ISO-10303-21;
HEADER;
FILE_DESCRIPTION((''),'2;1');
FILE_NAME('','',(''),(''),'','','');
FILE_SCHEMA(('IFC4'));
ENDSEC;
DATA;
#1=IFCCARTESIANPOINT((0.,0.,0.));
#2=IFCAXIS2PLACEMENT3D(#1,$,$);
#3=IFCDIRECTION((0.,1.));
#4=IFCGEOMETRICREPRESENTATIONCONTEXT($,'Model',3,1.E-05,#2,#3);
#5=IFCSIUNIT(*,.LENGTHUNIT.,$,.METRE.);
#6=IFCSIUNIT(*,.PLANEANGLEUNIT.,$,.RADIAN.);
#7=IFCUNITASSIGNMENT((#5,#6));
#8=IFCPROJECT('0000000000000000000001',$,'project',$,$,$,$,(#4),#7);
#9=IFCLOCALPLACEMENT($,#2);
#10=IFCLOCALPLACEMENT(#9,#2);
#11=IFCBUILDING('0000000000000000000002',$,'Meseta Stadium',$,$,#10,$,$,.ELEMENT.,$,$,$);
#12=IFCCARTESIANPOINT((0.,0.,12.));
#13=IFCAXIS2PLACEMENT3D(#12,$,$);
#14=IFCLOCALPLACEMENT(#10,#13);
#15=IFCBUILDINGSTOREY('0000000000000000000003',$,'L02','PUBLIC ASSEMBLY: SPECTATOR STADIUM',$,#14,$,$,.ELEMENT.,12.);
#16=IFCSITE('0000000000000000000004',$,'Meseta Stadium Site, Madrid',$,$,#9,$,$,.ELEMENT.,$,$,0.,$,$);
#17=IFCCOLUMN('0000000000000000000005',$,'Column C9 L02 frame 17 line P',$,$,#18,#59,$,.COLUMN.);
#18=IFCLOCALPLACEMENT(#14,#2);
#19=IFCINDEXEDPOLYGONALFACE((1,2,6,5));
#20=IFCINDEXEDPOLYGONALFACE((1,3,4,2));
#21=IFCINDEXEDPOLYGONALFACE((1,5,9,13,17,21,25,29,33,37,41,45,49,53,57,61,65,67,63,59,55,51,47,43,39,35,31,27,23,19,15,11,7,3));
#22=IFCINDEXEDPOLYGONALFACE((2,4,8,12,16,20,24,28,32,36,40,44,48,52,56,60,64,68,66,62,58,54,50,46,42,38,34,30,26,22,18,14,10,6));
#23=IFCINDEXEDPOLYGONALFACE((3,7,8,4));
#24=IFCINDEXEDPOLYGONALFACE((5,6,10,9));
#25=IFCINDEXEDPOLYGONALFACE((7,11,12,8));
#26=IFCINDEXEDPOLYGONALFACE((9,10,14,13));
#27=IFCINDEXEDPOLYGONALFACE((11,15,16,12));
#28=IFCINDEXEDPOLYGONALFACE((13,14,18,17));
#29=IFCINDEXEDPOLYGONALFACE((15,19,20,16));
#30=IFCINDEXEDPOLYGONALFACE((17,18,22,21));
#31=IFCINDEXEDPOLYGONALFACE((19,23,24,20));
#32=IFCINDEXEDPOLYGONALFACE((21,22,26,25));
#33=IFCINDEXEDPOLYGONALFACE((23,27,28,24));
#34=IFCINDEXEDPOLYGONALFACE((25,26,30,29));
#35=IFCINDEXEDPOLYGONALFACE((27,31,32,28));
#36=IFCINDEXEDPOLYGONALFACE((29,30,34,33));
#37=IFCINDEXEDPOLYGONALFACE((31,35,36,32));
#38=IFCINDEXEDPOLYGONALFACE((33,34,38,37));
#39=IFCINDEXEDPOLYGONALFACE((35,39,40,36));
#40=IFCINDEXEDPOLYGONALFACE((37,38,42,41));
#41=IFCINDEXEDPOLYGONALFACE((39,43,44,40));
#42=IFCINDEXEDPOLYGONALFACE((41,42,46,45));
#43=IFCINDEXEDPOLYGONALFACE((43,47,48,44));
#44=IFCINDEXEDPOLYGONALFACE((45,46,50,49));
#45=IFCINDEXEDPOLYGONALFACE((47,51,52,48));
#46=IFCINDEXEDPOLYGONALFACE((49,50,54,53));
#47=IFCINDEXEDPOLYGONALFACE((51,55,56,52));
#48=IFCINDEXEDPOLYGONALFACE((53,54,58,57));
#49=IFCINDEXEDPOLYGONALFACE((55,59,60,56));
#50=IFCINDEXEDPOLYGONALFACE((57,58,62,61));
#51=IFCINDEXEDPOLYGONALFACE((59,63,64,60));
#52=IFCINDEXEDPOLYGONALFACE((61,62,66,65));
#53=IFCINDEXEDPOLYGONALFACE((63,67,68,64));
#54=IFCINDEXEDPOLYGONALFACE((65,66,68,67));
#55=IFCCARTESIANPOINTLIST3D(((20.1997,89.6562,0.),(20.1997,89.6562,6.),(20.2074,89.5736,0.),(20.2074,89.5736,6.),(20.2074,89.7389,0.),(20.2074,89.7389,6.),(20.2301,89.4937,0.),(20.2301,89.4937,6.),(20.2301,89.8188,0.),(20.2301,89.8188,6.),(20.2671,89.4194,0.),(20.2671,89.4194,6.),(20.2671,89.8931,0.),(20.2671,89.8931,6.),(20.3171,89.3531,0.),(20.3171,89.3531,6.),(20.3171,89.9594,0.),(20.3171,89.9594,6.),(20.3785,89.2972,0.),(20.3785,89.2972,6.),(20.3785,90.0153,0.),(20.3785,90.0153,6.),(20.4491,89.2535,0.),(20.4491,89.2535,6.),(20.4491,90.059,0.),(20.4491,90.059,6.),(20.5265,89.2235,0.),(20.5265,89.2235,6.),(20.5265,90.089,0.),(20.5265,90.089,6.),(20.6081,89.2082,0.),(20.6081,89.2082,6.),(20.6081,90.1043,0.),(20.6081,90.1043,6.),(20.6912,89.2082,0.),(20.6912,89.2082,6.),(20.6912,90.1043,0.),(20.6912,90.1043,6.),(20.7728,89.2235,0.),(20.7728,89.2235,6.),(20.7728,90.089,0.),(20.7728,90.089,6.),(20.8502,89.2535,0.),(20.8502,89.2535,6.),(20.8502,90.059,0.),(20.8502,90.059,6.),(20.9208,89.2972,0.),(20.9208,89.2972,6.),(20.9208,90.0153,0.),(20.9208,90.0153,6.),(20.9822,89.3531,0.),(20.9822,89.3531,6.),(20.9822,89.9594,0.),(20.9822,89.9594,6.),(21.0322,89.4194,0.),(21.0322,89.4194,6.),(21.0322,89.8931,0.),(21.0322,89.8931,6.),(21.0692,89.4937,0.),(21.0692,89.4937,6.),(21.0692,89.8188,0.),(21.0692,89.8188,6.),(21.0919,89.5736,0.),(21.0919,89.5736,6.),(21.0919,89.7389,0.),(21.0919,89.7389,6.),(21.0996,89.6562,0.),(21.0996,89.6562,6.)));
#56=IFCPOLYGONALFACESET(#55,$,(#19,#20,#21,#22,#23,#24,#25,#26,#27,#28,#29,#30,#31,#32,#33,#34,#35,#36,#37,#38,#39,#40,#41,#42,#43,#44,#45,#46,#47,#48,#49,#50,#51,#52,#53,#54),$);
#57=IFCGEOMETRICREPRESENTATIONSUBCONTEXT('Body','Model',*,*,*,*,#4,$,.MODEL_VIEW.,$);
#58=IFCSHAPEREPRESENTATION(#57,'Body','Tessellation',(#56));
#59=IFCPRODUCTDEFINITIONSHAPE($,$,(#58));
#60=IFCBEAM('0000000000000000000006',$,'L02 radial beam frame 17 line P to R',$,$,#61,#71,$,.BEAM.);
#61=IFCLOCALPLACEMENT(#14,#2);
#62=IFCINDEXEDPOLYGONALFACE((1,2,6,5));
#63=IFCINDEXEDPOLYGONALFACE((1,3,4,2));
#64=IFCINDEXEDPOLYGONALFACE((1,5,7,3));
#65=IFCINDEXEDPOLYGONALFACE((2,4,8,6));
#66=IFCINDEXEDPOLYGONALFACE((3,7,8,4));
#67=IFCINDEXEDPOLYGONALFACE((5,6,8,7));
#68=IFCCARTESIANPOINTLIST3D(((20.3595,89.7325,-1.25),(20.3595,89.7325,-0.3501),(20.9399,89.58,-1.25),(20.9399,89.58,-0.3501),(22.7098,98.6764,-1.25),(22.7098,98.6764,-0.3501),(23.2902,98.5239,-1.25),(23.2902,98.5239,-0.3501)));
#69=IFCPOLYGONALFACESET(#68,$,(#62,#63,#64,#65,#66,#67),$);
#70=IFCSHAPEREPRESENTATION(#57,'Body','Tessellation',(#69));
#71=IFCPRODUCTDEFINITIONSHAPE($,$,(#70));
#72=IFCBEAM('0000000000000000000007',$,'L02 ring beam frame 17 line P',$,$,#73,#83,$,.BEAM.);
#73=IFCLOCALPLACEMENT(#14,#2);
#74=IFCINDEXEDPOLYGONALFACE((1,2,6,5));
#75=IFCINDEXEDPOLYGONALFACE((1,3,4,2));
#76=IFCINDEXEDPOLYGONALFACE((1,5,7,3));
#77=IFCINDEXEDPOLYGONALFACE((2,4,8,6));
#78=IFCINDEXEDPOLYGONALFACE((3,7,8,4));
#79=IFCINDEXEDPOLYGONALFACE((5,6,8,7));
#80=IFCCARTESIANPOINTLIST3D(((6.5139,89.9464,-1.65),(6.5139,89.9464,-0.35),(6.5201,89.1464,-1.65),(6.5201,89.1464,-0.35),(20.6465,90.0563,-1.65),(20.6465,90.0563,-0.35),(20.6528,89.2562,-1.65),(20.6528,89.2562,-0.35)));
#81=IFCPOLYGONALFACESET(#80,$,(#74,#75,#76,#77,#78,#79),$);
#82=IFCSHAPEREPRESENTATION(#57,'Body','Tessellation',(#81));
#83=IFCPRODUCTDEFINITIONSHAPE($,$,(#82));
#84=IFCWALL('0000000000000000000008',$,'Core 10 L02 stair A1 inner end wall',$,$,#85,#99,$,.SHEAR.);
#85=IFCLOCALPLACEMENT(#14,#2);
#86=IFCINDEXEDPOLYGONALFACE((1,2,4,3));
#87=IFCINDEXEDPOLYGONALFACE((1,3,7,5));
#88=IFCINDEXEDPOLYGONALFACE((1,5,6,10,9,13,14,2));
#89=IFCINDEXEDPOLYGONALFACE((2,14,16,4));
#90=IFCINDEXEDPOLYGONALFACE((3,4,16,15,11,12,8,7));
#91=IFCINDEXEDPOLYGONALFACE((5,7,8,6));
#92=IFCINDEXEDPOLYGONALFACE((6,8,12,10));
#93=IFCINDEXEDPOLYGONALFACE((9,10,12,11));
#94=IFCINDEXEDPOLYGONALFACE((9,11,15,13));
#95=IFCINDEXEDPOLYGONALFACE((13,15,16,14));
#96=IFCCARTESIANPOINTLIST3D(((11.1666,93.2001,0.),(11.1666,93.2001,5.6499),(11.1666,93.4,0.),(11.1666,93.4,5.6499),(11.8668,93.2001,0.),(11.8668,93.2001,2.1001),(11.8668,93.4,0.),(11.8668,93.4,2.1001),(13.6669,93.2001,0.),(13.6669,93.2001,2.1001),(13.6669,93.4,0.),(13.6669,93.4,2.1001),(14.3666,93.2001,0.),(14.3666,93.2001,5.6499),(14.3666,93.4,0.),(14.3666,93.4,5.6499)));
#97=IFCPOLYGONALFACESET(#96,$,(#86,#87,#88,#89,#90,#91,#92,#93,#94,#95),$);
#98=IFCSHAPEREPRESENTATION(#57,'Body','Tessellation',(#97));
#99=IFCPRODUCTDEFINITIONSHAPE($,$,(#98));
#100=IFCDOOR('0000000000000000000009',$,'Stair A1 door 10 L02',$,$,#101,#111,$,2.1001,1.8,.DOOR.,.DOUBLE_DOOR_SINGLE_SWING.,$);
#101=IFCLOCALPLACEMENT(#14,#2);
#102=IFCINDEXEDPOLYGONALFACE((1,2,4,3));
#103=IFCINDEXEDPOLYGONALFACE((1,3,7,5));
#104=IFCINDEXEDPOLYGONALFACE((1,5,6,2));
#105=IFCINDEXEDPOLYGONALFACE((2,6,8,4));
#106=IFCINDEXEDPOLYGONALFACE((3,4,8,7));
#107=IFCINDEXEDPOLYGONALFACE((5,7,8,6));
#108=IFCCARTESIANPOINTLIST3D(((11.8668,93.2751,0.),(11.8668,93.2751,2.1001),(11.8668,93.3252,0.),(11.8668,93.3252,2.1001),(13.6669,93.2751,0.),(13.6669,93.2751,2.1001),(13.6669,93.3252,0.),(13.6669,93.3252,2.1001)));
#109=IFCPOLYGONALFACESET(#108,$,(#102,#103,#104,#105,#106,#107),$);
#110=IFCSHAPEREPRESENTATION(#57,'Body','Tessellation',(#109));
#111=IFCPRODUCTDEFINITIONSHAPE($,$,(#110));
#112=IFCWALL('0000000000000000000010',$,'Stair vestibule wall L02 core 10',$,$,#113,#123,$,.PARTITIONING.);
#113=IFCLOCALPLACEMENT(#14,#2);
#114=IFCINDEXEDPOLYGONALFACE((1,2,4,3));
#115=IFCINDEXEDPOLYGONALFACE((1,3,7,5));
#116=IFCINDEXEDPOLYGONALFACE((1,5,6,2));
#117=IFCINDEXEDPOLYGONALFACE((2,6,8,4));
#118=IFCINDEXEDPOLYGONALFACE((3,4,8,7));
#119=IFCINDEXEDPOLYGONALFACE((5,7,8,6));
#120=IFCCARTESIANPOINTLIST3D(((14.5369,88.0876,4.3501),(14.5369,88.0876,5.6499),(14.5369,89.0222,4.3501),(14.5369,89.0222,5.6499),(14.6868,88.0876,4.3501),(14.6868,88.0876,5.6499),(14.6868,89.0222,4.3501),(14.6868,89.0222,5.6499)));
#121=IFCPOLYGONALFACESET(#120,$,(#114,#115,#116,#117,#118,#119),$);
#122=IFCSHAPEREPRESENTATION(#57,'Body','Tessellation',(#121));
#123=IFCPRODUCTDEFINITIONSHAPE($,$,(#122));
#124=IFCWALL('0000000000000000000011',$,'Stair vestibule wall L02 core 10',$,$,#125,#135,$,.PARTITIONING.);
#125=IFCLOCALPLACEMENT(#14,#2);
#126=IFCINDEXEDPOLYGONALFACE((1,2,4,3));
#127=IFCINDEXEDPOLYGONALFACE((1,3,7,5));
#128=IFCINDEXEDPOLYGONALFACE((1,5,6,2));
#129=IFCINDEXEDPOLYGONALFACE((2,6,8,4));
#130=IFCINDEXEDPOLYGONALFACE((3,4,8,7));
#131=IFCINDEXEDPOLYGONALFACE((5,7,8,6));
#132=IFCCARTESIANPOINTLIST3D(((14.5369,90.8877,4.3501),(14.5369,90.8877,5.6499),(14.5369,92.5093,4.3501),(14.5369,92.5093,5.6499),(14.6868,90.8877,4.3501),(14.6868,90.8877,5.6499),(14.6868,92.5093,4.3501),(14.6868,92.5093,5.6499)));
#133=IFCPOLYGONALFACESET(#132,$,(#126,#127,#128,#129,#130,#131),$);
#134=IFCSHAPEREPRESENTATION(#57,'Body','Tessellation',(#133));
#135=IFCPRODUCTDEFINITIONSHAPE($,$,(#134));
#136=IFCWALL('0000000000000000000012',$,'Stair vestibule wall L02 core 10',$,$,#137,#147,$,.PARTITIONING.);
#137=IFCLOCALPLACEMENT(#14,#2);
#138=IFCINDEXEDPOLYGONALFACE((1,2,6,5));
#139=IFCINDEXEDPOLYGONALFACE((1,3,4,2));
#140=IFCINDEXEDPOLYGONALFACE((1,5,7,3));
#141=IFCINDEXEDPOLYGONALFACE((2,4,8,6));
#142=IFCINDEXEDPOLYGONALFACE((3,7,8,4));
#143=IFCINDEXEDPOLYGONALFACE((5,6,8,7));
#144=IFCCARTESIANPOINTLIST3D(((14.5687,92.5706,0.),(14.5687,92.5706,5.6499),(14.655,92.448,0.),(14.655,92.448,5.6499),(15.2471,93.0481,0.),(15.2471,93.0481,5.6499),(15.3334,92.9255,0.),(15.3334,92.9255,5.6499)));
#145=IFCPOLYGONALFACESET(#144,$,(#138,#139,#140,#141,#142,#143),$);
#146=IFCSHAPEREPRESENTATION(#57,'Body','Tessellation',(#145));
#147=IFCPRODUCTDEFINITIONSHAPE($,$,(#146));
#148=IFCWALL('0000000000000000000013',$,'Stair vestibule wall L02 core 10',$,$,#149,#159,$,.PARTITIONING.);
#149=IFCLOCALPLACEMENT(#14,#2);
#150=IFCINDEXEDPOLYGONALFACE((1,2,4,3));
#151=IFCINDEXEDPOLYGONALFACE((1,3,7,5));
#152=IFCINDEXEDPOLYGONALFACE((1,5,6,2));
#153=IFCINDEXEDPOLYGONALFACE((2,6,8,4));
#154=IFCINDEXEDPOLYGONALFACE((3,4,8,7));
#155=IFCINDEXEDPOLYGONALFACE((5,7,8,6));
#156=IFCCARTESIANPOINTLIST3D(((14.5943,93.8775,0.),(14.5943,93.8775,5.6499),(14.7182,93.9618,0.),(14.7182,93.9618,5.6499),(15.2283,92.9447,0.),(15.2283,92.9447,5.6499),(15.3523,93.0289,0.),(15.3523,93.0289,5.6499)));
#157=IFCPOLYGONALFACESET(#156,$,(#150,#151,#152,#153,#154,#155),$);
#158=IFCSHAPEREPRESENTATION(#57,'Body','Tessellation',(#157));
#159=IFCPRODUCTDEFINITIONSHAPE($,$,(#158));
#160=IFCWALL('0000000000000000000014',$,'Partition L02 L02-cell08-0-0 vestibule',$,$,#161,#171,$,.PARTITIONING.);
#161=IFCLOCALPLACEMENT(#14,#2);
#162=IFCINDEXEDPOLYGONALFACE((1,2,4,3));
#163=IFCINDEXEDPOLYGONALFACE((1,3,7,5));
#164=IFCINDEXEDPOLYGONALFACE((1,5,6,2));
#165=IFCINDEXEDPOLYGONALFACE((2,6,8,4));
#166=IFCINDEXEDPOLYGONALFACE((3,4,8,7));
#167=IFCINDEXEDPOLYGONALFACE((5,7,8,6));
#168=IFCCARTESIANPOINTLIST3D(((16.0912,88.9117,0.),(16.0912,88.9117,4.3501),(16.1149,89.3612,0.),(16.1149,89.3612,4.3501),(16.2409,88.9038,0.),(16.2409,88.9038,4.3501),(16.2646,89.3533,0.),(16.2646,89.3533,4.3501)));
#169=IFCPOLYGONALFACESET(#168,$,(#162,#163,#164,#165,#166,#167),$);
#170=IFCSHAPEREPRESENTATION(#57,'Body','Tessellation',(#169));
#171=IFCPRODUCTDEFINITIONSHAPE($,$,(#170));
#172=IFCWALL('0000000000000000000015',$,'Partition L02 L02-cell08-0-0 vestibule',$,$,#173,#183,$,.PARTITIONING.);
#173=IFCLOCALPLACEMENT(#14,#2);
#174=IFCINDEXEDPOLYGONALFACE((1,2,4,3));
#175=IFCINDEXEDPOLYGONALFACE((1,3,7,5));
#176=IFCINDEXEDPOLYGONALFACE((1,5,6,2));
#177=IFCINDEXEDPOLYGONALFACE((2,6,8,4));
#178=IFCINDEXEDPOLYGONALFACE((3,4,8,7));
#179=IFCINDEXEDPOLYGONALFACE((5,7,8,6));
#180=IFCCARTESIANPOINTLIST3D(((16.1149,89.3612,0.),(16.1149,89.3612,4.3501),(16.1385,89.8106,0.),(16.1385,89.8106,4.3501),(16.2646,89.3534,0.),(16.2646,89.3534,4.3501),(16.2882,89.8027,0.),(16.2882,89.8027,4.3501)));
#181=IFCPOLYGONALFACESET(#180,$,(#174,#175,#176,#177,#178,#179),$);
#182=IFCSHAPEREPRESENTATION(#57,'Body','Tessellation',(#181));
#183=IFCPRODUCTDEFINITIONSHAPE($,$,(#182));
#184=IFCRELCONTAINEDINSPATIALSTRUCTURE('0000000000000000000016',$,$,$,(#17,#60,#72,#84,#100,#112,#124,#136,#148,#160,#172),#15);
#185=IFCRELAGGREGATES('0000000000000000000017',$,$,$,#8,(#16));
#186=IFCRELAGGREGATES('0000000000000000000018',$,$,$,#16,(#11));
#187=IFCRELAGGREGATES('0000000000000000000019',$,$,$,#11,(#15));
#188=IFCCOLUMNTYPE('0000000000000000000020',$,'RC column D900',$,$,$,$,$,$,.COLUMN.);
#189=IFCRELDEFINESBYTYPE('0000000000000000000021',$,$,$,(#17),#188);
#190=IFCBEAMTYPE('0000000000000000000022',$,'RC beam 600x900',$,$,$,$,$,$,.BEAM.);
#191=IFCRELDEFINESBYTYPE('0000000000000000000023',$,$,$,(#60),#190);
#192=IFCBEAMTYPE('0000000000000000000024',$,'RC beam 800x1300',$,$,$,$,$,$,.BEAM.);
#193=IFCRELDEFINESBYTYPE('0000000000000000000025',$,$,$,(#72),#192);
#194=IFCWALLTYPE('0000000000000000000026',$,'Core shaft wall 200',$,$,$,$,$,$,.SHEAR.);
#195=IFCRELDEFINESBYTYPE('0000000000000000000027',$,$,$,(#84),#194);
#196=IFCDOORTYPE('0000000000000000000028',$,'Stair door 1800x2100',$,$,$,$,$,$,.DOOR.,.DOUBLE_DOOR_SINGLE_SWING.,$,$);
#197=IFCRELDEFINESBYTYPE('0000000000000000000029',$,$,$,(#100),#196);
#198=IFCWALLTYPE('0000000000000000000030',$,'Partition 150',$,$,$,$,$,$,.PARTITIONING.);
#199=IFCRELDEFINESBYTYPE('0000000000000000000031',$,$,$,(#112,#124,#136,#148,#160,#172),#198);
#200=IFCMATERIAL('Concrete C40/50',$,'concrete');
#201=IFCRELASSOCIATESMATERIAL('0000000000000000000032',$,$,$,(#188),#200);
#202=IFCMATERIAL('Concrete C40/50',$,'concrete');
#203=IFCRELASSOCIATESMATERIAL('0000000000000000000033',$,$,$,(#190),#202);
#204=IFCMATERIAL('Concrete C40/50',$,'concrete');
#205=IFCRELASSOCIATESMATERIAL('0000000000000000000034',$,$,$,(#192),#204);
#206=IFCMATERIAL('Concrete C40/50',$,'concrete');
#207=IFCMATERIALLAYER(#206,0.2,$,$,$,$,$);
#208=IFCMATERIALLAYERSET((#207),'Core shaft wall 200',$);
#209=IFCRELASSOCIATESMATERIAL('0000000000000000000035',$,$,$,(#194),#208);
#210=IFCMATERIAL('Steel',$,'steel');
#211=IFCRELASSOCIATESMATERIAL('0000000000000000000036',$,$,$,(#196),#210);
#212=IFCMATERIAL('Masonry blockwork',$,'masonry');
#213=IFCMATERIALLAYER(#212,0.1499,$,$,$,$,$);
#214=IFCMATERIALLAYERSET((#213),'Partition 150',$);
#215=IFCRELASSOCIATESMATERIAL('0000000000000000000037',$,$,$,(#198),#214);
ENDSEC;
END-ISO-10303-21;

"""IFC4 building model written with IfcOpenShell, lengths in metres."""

from ifc_helpers import new_model, si_unit, direction, frame, frame_2d, origin, origin_2d, place, context, subcontext, project, spatial, rectangle, circle, extrude, material, layer, layer_set, material_profile, profile_set, type_object, element, fill, save


model = new_model("IFC4")

# Units and contexts
model_context = context("Model", 3, precision=1e-05, world=origin(), true_north=direction((0.0, 1.0)))
body_context = subcontext(model_context, "Body", "Model", "MODEL_VIEW")
ifc_project = project(units=[si_unit("LENGTHUNIT", "METRE"), si_unit("PLANEANGLEUNIT", "RADIAN")], contexts=[model_context])

# Site, building, storey
site_placement = place(None, origin())
site = spatial("IfcSite", under=ifc_project, at=site_placement, Name="Meseta Stadium Site, Madrid", CompositionType="ELEMENT", RefElevation=0.0)
building_placement = place(site_placement, origin())
building = spatial("IfcBuilding", under=site, at=building_placement, Name="Meseta Stadium", CompositionType="ELEMENT")
storey_placement = place(building_placement, frame((0.0, 0.0, 12.0)))
storey = spatial("IfcBuildingStorey", under=building, at=storey_placement, Name="L02", Description="PUBLIC ASSEMBLY: SPECTATOR STADIUM", CompositionType="ELEMENT", Elevation=12.0)

# Column
ifc_material_1 = material(Name="Concrete C40/50", Category="concrete")
ifc_material_profile_1 = material_profile(ifc_material_1, circle(Radius=0.45, at=origin_2d()), Name="RC D900")
ifc_profile_set_1 = profile_set([ifc_material_profile_1], Name="Concrete C40/50")
column_type = type_object("IfcColumnType", Name="RC column D900", PredefinedType="COLUMN", material=ifc_profile_set_1)
column_placement = place(storey_placement, frame((20.6497, 89.6562, 0.0), z_axis=(0.0, 0.0, 1.0), x_axis=(1.0, 0.0, 0.0)))
element("IfcColumn", 1, at=column_placement, inside=storey, type_object=column_type, Name="Column C9 L02 frame 17 line P", PredefinedType="COLUMN", context=body_context, shape_type="SweptSolid", body=[
    extrude(circle(Radius=0.45, at=origin_2d()), origin(), (0.0, 0.0, 1.0), 6.0),
])

# Beams
ifc_material_2 = material(Name="Concrete C40/50", Category="concrete")
ifc_material_profile_2 = material_profile(ifc_material_2, rectangle(XDim=0.6001, YDim=0.8999, at=origin_2d()), Name="RC 600x900")
ifc_profile_set_2 = profile_set([ifc_material_profile_2], Name="Concrete C40/50")
beam_type_1 = type_object("IfcBeamType", Name="RC beam 600x900", PredefinedType="BEAM", material=ifc_profile_set_2)
beam_1_placement = place(storey_placement, frame((20.6497, 89.6562, -0.8), z_axis=(0.254159, 0.967162, 0.0), x_axis=(-0.967162, 0.254159, 0.0)))
element("IfcBeam", 2, at=beam_1_placement, inside=storey, type_object=beam_type_1, Name="L02 radial beam frame 17 line P to R", PredefinedType="BEAM", context=body_context, shape_type="SweptSolid", body=[
    extrude(rectangle(XDim=0.6001, YDim=0.8999, at=origin_2d()), origin(), (0.0, 0.0, 1.0), 9.2476),
])
ifc_material_3 = material(Name="Concrete C40/50", Category="concrete")
ifc_material_profile_3 = material_profile(ifc_material_3, rectangle(XDim=0.8, YDim=1.3, at=origin_2d()), Name="RC 800x1300")
ifc_profile_set_3 = profile_set([ifc_material_profile_3], Name="Concrete C40/50")
beam_type_2 = type_object("IfcBeamType", Name="RC beam 800x1300", PredefinedType="BEAM", material=ifc_profile_set_3)
beam_2_placement = place(storey_placement, frame((20.6497, 89.6562, -1.0), z_axis=(-0.99997, -0.007774, 0.0), x_axis=(0.007774, -0.99997, 0.0)))
element("IfcBeam", 3, at=beam_2_placement, inside=storey, type_object=beam_type_2, Name="L02 ring beam frame 17 line P", PredefinedType="BEAM", context=body_context, shape_type="SweptSolid", body=[
    extrude(rectangle(XDim=0.8, YDim=1.3, at=origin_2d()), origin(), (0.0, 0.0, 1.0), 14.1331),
])

# Wall, opening, door
ifc_material_4 = material(Name="Concrete C40/50", Category="concrete")
ifc_layer_1 = layer(ifc_material_4, 0.2)
ifc_layer_set_1 = layer_set([ifc_layer_1], Name="Core shaft wall 200")
wall_type_1 = type_object("IfcWallType", Name="Core shaft wall 200", PredefinedType="SHEAR", material=ifc_layer_set_1)
wall_1_placement = place(storey_placement, frame((14.3667, 93.3, 0.0), z_axis=(0.0, 0.0, 1.0), x_axis=(-1.0, 0.0, 0.0)))
wall_1 = element("IfcWall", 4, at=wall_1_placement, inside=storey, type_object=wall_type_1, Name="Core 10 L02 stair A1 inner end wall", PredefinedType="SHEAR", context=body_context, shape_type="SweptSolid", body=[
    extrude(rectangle(XDim=3.2, YDim=0.2, at=frame_2d((1.6001, 0.0))), origin(), (0.0, 0.0, 1.0), 5.6499),
])
opening_1_placement = place(wall_1_placement, frame((0.7, 0.0, 0.0)))
opening_1 = element("IfcOpeningElement", 5, at=opening_1_placement, cuts=wall_1, PredefinedType="OPENING", context=body_context, shape_type="SweptSolid", body=[
    extrude(rectangle(XDim=1.8, YDim=2.1001, at=frame_2d((0.8999, 1.05))), frame((0.0, 0.1099, 0.0), z_axis=(0.0, -1.0, 0.0), x_axis=(1.0, 0.0, 0.0)), (0.0, 0.0, 1.0), 0.22),
])
ifc_material_5 = material(Name="Steel", Category="steel")
door_type_1 = type_object("IfcDoorType", Name="Stair door 1800x2100", OperationType="DOUBLE_DOOR_SINGLE_SWING", PredefinedType="DOOR", material=ifc_material_5)
door_1_placement = place(opening_1_placement, origin())
door_1 = element("IfcDoor", 6, at=door_1_placement, inside=storey, type_object=door_type_1, Name="Stair A1 door 10 L02", OperationType="DOUBLE_DOOR_SINGLE_SWING", OverallHeight=2.1001, OverallWidth=1.8, PredefinedType="DOOR", context=body_context, shape_type="SweptSolid", body=[
    extrude(rectangle(XDim=1.8, YDim=2.1001, at=frame_2d((0.8999, 1.05))), frame((0.0, 0.0249, 0.0), z_axis=(0.0, -1.0, 0.0), x_axis=(1.0, 0.0, 0.0)), (0.0, 0.0, 1.0), 0.05),
])
fill(opening_1, door_1)

# Walls
ifc_material_6 = material(Name="Masonry blockwork", Category="masonry")
ifc_layer_2 = layer(ifc_material_6, 0.1499)
ifc_layer_set_2 = layer_set([ifc_layer_2], Name="Partition 150")
wall_type_2 = type_object("IfcWallType", Name="Partition 150", PredefinedType="PARTITIONING", material=ifc_layer_set_2)
wall_2_placement = place(storey_placement, frame((14.6118, 88.0876, 4.3501), z_axis=(0.0, 0.0, 1.0), x_axis=(0.0, 1.0, 0.0)))
element("IfcWall", 7, at=wall_2_placement, inside=storey, type_object=wall_type_2, Name="Stair vestibule wall L02 core 10", PredefinedType="PARTITIONING", context=body_context, shape_type="SweptSolid", body=[
    extrude(rectangle(XDim=0.9346, YDim=0.1499, at=frame_2d((0.4673, 0.0))), origin(), (0.0, 0.0, 1.0), 1.2998),
])
wall_3_placement = place(storey_placement, frame((14.6118, 90.8877, 4.3501), z_axis=(0.0, 0.0, 1.0), x_axis=(0.0, 1.0, 0.0)))
element("IfcWall", 8, at=wall_3_placement, inside=storey, type_object=wall_type_2, Name="Stair vestibule wall L02 core 10", PredefinedType="PARTITIONING", context=body_context, shape_type="SweptSolid", body=[
    extrude(rectangle(XDim=1.6216, YDim=0.1499, at=frame_2d((0.8108, 0.0))), origin(), (0.0, 0.0, 1.0), 1.2998),
])
wall_4_placement = place(storey_placement, frame((14.6118, 92.5093, 0.0), z_axis=(0.0, 0.0, 1.0), x_axis=(0.81775, 0.575574, 0.0)))
element("IfcWall", 9, at=wall_4_placement, inside=storey, type_object=wall_type_2, Name="Stair vestibule wall L02 core 10", PredefinedType="PARTITIONING", context=body_context, shape_type="SweptSolid", body=[
    extrude(rectangle(XDim=0.8296, YDim=0.1499, at=frame_2d((0.4148, 0.0))), origin(), (0.0, 0.0, 1.0), 5.6499),
])
wall_5_placement = place(storey_placement, frame((15.2903, 92.9868, 0.0), z_axis=(0.0, 0.0, 1.0), x_axis=(-0.562121, 0.827055, 0.0)))
element("IfcWall", 10, at=wall_5_placement, inside=storey, type_object=wall_type_2, Name="Stair vestibule wall L02 core 10", PredefinedType="PARTITIONING", context=body_context, shape_type="SweptSolid", body=[
    extrude(rectangle(XDim=1.1279, YDim=0.1499, at=frame_2d((0.564, 0.0))), origin(), (0.0, 0.0, 1.0), 5.6499),
])
wall_6_placement = place(storey_placement, frame((16.166, 88.9077, 0.0), z_axis=(0.0, 0.0, 1.0), x_axis=(0.052616, 0.998615, 0.0)))
element("IfcWall", 11, at=wall_6_placement, inside=storey, type_object=wall_type_2, Name="Partition L02 L02-cell08-0-0 vestibule", PredefinedType="PARTITIONING", context=body_context, shape_type="SweptSolid", body=[
    extrude(rectangle(XDim=0.4502, YDim=0.1499, at=frame_2d((0.2251, 0.0))), origin(), (0.0, 0.0, 1.0), 4.3501),
])
wall_7_placement = place(storey_placement, frame((16.1897, 89.3572, 0.0), z_axis=(0.0, 0.0, 1.0), x_axis=(0.052644, 0.998613, 0.0)))
element("IfcWall", 12, at=wall_7_placement, inside=storey, type_object=wall_type_2, Name="Partition L02 L02-cell08-0-0 vestibule", PredefinedType="PARTITIONING", context=body_context, shape_type="SweptSolid", body=[
    extrude(rectangle(XDim=0.45, YDim=0.1499, at=frame_2d((0.2251, 0.0))), origin(), (0.0, 0.0, 1.0), 4.3501),
])

save(model, "model.ifc")
